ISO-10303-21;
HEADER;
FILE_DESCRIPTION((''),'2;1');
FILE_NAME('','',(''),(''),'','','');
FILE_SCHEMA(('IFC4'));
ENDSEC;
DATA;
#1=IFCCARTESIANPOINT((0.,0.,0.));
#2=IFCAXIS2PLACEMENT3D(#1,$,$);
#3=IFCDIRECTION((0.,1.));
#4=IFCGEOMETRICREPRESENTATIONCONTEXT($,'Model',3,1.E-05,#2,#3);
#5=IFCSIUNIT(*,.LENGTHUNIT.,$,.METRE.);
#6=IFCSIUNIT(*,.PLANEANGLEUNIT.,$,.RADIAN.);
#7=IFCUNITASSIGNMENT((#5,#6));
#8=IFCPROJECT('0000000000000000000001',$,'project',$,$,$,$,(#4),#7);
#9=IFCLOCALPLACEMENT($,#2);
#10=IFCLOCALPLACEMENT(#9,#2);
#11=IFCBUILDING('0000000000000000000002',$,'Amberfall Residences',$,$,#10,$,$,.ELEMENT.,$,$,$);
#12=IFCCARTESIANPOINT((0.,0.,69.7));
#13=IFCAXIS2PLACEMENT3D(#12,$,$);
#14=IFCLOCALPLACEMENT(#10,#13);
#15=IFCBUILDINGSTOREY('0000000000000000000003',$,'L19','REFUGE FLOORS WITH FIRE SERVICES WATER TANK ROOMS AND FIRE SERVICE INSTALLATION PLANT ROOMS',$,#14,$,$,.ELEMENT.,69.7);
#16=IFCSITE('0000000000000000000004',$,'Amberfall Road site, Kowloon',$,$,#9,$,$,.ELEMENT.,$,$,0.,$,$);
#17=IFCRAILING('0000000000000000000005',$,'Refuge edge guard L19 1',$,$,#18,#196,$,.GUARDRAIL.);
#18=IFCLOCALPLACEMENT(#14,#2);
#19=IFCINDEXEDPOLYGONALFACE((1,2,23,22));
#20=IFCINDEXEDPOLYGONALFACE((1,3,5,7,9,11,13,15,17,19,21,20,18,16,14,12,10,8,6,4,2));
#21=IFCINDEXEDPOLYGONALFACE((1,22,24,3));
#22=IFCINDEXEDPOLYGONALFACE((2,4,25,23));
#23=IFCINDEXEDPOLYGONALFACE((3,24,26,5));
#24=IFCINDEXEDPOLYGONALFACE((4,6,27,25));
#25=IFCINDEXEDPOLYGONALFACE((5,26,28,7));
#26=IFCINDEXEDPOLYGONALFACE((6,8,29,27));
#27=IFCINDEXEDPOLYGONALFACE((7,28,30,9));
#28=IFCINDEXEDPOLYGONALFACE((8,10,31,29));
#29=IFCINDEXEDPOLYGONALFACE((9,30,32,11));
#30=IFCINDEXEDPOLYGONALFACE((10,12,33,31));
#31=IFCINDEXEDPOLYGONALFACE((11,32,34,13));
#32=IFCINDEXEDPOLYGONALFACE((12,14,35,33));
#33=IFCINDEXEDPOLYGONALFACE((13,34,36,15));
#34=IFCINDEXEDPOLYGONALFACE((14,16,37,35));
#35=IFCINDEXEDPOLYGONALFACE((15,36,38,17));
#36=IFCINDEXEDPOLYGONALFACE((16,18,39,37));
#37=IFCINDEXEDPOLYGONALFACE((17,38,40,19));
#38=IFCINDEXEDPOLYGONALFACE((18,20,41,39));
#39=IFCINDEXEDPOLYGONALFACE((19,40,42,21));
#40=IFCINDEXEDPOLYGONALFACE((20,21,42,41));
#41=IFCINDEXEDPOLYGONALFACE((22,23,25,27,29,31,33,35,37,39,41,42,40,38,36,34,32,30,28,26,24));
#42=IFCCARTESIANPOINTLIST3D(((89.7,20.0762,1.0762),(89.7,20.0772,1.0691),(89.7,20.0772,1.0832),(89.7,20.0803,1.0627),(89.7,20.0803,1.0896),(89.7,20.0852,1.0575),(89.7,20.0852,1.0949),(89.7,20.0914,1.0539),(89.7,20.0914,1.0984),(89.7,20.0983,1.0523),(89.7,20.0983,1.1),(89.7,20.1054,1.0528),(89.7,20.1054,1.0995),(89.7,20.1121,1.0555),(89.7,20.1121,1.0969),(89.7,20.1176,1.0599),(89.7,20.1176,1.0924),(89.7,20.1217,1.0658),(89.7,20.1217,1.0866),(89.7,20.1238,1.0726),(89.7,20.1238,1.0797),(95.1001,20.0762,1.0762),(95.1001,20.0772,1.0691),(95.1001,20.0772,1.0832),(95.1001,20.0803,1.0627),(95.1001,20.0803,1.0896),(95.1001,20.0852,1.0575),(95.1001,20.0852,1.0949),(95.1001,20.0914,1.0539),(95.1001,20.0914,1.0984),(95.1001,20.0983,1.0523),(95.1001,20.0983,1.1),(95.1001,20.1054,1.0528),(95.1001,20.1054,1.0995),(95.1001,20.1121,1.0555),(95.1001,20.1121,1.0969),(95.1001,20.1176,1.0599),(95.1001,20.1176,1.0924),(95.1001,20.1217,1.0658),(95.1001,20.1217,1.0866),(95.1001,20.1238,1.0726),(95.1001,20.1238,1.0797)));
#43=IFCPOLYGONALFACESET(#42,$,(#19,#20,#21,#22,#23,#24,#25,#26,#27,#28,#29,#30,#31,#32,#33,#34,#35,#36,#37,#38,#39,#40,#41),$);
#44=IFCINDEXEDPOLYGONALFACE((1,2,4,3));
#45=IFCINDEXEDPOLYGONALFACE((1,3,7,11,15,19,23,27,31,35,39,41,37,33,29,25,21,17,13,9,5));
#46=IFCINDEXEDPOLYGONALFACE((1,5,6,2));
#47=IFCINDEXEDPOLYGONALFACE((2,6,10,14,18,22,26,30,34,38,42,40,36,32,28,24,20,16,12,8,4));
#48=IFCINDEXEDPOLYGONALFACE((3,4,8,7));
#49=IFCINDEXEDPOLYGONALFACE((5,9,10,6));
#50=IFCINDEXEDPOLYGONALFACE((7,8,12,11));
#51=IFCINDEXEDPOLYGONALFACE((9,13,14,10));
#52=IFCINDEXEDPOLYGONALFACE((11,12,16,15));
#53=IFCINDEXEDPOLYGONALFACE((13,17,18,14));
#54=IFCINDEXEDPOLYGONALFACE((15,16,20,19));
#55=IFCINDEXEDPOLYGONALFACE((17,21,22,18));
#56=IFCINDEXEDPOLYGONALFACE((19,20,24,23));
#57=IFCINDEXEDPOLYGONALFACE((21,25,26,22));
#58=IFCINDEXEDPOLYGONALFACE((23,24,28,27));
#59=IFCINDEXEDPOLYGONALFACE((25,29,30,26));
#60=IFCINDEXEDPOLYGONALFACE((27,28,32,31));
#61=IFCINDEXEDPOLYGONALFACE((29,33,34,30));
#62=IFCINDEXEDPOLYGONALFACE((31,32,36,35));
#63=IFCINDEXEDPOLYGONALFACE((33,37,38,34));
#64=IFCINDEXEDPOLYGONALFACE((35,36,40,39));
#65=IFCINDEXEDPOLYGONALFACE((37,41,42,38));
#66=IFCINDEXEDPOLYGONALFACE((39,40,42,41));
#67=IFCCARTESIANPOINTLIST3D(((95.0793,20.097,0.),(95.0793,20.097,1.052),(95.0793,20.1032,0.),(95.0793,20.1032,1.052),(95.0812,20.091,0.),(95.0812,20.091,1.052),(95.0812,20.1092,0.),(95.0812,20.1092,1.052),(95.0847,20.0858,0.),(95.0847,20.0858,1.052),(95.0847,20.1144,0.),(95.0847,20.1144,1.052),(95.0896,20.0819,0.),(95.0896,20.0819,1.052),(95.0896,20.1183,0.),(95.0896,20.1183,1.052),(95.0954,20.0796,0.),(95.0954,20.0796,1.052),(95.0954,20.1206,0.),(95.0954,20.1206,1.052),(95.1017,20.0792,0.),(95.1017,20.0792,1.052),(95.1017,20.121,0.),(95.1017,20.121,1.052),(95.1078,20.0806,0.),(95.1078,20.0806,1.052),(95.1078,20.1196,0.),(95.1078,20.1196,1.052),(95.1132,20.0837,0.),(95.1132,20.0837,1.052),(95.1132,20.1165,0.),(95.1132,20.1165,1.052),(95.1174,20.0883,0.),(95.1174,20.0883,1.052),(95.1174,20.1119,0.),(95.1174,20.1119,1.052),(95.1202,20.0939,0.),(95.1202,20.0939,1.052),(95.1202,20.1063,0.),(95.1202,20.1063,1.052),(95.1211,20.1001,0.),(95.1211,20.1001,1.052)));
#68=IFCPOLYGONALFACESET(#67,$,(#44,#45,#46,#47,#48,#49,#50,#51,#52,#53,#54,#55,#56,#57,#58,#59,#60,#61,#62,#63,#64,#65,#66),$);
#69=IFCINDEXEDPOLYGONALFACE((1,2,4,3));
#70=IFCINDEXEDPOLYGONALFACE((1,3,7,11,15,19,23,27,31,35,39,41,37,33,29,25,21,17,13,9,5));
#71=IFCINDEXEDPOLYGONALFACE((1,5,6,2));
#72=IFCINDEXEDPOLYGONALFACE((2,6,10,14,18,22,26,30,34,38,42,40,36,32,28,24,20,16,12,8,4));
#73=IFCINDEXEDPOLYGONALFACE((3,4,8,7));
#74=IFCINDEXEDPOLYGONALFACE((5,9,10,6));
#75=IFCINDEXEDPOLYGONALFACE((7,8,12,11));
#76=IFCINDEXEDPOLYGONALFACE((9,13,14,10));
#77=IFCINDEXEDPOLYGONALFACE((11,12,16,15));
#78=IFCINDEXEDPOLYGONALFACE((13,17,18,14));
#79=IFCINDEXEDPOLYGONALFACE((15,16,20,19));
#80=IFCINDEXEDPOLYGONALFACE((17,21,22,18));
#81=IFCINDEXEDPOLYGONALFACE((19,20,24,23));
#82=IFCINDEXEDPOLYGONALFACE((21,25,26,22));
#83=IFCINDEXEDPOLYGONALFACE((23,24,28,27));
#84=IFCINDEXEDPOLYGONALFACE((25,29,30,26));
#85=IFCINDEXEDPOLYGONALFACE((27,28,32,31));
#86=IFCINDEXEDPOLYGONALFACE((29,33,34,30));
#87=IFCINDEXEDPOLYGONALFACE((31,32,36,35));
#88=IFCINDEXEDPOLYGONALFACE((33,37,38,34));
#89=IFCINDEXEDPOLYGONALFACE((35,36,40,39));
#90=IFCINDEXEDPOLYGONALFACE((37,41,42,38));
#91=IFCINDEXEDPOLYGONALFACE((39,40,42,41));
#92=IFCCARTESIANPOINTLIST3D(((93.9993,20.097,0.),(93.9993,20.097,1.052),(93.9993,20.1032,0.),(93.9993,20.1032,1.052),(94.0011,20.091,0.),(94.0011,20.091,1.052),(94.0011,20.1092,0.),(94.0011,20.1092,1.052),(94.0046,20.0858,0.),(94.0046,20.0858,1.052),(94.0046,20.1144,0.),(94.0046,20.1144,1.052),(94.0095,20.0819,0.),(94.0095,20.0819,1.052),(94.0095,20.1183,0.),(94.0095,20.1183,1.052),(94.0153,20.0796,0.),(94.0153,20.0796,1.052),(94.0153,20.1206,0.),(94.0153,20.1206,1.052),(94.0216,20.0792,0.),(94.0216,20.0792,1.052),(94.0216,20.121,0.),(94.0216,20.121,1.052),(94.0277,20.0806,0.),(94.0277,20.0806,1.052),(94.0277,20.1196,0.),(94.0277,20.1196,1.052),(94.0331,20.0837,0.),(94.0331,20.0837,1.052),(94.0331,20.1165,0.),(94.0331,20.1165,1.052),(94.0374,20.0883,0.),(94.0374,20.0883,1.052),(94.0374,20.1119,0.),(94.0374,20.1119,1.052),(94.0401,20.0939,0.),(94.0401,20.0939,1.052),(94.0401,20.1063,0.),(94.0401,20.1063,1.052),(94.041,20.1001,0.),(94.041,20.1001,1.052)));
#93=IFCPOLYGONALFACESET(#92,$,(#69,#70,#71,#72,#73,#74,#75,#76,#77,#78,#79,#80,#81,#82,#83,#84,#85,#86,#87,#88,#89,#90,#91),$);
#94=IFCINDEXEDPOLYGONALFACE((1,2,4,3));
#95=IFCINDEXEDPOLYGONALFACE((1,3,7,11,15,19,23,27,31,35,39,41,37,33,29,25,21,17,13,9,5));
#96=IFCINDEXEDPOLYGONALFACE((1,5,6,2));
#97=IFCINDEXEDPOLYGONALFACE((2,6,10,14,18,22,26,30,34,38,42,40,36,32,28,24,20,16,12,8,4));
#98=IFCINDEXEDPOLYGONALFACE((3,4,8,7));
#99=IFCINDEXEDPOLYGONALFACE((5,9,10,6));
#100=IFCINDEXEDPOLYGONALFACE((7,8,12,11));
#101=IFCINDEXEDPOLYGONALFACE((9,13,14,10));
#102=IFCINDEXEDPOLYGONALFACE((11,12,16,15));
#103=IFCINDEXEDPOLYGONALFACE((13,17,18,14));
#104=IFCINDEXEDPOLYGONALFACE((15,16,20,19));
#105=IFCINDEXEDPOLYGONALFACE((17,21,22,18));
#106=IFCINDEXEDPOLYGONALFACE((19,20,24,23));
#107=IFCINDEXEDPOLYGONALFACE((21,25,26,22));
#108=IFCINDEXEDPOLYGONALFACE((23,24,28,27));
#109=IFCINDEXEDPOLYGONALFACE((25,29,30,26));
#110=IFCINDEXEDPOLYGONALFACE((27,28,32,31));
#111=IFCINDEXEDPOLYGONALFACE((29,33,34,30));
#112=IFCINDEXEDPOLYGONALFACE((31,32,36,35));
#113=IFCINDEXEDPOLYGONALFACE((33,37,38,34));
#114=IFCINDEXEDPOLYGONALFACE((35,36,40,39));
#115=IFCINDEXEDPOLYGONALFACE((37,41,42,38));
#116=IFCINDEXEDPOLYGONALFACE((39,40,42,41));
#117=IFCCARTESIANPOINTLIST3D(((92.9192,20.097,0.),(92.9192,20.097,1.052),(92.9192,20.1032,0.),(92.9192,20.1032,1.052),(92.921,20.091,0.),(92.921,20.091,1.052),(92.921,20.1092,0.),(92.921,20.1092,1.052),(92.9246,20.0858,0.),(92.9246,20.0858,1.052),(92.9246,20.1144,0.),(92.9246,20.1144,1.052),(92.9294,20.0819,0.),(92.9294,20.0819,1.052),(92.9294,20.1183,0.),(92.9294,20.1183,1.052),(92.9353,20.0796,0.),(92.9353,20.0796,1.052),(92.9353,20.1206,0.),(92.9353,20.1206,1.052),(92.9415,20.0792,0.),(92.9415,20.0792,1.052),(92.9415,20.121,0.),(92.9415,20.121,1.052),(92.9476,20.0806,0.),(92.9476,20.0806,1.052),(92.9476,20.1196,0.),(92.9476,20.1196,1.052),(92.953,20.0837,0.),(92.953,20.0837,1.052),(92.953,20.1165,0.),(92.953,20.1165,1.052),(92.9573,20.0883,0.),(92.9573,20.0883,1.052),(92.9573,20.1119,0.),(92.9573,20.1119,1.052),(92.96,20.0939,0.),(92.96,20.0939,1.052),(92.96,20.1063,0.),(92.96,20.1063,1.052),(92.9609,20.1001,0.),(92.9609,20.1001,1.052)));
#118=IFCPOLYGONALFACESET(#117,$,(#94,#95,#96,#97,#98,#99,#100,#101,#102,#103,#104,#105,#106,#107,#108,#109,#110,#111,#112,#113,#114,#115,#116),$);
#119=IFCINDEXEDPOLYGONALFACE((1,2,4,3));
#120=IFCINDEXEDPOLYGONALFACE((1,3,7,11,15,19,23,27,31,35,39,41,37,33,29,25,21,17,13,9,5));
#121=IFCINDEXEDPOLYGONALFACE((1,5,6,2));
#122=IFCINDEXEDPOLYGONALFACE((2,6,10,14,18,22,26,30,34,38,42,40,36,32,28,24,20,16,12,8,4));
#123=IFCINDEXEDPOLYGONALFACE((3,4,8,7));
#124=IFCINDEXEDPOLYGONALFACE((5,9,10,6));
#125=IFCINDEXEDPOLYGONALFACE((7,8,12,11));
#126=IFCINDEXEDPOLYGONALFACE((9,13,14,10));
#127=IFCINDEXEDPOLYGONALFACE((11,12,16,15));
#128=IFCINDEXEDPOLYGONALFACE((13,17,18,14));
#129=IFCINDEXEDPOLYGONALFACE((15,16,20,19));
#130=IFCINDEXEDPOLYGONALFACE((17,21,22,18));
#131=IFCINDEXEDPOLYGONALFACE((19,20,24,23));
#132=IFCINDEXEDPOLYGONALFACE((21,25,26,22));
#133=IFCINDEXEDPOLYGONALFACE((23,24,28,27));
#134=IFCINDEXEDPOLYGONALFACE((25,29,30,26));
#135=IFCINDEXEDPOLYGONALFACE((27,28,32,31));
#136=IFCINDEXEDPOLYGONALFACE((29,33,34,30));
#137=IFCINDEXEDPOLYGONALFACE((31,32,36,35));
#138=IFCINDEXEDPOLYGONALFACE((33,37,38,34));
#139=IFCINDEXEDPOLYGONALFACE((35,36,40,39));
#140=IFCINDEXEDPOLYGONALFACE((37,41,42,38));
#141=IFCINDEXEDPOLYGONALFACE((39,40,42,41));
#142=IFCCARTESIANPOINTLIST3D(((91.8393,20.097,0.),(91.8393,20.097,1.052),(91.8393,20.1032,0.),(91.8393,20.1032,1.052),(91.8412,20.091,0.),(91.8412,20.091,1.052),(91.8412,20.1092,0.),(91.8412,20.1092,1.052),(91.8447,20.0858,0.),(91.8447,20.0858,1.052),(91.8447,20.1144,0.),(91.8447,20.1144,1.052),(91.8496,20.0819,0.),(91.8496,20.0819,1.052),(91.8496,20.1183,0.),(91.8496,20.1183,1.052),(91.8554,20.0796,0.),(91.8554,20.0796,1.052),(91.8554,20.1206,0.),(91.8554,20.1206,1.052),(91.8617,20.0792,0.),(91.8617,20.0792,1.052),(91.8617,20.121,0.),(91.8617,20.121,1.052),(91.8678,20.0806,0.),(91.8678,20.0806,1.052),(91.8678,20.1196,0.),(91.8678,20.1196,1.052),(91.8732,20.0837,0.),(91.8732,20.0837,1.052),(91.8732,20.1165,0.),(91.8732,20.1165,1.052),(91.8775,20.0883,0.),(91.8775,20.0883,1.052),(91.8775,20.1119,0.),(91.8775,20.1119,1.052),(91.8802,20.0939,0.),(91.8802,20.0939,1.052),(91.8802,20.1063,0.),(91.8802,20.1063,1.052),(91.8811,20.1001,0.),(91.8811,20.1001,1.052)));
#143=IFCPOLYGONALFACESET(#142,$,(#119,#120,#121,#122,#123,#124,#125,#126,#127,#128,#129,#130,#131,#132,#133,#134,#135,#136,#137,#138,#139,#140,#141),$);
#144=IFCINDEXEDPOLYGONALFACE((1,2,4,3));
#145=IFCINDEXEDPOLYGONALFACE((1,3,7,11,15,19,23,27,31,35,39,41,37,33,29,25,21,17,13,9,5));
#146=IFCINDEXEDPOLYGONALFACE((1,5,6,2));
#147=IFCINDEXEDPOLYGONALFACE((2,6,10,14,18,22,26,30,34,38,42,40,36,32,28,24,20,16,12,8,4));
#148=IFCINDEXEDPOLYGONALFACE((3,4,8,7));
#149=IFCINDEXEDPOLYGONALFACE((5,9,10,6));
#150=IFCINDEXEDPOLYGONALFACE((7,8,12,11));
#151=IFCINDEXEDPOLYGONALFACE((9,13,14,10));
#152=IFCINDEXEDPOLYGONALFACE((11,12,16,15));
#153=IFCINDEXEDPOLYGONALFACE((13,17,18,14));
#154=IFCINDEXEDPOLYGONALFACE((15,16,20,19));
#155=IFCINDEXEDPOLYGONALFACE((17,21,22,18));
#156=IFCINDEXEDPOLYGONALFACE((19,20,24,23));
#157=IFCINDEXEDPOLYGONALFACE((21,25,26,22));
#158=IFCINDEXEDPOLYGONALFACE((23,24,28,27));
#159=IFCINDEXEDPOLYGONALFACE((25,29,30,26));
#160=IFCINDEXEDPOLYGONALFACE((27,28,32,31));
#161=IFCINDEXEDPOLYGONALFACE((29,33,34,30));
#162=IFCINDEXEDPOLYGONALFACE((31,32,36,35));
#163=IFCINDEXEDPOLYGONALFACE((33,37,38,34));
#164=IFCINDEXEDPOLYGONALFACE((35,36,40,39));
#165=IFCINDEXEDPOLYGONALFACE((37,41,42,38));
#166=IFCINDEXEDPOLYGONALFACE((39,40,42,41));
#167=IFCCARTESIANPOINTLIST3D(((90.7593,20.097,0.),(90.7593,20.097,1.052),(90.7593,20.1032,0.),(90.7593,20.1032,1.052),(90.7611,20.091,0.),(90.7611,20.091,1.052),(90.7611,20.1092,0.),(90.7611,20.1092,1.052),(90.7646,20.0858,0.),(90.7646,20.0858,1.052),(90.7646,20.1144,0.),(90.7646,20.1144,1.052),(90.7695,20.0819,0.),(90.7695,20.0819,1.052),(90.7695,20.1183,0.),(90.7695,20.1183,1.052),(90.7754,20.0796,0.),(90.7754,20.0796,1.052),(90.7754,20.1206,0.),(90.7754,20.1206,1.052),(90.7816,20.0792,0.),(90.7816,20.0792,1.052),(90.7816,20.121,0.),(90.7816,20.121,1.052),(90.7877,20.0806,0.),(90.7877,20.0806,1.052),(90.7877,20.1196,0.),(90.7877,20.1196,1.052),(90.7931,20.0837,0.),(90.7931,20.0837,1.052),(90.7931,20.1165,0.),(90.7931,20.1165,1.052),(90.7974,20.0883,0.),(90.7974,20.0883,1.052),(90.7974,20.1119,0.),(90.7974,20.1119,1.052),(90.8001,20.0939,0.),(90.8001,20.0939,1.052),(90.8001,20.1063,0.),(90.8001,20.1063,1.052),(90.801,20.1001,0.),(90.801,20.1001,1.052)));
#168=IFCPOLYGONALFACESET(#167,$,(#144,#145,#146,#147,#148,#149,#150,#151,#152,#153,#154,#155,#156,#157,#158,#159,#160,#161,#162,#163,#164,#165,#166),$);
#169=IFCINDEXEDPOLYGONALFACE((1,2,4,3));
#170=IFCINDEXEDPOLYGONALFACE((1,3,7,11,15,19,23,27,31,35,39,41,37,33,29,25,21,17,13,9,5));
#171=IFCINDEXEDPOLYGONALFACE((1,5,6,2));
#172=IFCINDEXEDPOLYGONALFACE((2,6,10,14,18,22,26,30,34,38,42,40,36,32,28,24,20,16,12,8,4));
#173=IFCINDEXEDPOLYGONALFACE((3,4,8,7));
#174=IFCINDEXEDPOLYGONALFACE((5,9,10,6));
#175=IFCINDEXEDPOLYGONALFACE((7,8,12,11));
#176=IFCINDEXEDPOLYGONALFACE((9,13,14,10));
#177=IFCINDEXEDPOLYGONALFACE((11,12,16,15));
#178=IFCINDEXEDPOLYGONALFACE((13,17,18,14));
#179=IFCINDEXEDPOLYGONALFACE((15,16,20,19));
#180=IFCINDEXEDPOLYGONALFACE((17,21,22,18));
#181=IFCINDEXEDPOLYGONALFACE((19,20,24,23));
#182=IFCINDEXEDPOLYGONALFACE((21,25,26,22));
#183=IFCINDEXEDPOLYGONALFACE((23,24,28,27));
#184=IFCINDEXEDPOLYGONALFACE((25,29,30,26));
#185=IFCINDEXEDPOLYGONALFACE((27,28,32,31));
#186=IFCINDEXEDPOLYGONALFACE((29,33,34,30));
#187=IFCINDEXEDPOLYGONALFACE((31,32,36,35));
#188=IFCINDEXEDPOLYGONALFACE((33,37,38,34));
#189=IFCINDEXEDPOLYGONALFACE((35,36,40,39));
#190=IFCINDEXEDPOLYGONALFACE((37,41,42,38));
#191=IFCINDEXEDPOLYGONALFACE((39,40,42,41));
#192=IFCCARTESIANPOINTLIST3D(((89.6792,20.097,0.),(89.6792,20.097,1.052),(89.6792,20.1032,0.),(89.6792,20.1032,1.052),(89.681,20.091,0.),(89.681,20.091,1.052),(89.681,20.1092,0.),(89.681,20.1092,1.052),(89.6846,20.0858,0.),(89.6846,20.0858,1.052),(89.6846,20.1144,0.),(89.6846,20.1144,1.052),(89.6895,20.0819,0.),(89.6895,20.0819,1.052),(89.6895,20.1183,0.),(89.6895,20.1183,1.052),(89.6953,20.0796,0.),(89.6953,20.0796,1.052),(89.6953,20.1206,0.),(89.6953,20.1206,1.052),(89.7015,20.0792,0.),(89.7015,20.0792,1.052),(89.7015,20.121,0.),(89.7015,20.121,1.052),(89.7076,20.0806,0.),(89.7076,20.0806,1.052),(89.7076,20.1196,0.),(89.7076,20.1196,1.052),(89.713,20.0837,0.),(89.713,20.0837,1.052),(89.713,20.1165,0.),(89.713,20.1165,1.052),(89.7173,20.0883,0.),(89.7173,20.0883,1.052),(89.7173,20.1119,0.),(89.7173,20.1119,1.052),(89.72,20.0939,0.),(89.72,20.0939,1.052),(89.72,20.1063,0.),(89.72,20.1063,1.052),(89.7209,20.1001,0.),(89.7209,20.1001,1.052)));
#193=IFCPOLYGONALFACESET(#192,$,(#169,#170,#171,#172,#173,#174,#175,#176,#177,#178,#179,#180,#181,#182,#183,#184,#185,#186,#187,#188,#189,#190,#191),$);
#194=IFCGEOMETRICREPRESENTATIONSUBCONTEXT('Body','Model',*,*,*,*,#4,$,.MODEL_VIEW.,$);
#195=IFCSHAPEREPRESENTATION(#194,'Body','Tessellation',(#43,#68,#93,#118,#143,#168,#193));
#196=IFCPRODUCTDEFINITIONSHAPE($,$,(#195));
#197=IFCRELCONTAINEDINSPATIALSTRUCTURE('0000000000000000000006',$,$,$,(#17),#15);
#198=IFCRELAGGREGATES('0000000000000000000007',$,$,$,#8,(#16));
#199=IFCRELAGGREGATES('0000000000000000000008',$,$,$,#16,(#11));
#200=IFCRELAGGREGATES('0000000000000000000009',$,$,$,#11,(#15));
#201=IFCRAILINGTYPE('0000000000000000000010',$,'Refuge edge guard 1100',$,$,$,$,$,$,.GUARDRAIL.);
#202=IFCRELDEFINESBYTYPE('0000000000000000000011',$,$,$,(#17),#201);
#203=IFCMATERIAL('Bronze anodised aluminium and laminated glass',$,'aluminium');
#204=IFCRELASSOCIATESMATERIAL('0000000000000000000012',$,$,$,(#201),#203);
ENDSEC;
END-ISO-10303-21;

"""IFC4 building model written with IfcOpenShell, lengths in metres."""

from ifc_helpers import new_model, si_unit, direction, frame, origin, origin_2d, place, context, subcontext, project, spatial, circle, extrude, material, type_object, element, save


model = new_model("IFC4")

# Units and contexts
model_context = context("Model", 3, precision=1e-05, world=origin(), true_north=direction((0.0, 1.0)))
body_context = subcontext(model_context, "Body", "Model", "MODEL_VIEW")
ifc_project = project(units=[si_unit("LENGTHUNIT", "METRE"), si_unit("PLANEANGLEUNIT", "RADIAN")], contexts=[model_context])

# Site, building, storey
site_placement = place(None, origin())
site = spatial("IfcSite", under=ifc_project, at=site_placement, Name="Amberfall Road site, Kowloon", CompositionType="ELEMENT", RefElevation=0.0)
building_placement = place(site_placement, origin())
building = spatial("IfcBuilding", under=site, at=building_placement, Name="Amberfall Residences", CompositionType="ELEMENT")
storey_placement = place(building_placement, frame((0.0, 0.0, 69.7)))
storey = spatial("IfcBuildingStorey", under=building, at=storey_placement, Name="L19", Description="REFUGE FLOORS WITH FIRE SERVICES WATER TANK ROOMS AND FIRE SERVICE INSTALLATION PLANT ROOMS", CompositionType="ELEMENT", Elevation=69.7)

# Railing
ifc_material_1 = material(Name="Bronze anodised aluminium and laminated glass", Category="aluminium")
railing_type = type_object("IfcRailingType", Name="Refuge edge guard 1100", PredefinedType="GUARDRAIL", material=ifc_material_1)
railing_1_placement = place(storey_placement, frame((95.1001, 20.1001, 0.0)))
element("IfcRailing", 1, at=railing_1_placement, inside=storey, type_object=railing_type, Name="Refuge edge guard L19 1", PredefinedType="GUARDRAIL", context=body_context, shape_type="SweptSolid", body=[
    extrude(circle(Radius=0.0239, at=origin_2d()), frame((0.0, 0.0, 1.0762), z_axis=(-1.0, 0.0, 0.0), x_axis=(0.0, -1.0, 0.0)), (0.0, 0.0, 1.0), 5.4001),
    extrude(circle(Radius=0.021, at=origin_2d()), origin(), (0.0, 0.0, 1.0), 1.052),
    extrude(circle(Radius=0.021, at=origin_2d()), frame((-1.0801, 0.0, 0.0)), (0.0, 0.0, 1.0), 1.052),
    extrude(circle(Radius=0.021, at=origin_2d()), frame((-2.1602, 0.0, 0.0)), (0.0, 0.0, 1.0), 1.052),
    extrude(circle(Radius=0.021, at=origin_2d()), frame((-3.24, 0.0, 0.0)), (0.0, 0.0, 1.0), 1.052),
    extrude(circle(Radius=0.021, at=origin_2d()), frame((-4.3201, 0.0, 0.0)), (0.0, 0.0, 1.0), 1.052),
    extrude(circle(Radius=0.021, at=origin_2d()), frame((-5.4001, 0.0, 0.0)), (0.0, 0.0, 1.0), 1.052),
])

save(model, "model.ifc")
